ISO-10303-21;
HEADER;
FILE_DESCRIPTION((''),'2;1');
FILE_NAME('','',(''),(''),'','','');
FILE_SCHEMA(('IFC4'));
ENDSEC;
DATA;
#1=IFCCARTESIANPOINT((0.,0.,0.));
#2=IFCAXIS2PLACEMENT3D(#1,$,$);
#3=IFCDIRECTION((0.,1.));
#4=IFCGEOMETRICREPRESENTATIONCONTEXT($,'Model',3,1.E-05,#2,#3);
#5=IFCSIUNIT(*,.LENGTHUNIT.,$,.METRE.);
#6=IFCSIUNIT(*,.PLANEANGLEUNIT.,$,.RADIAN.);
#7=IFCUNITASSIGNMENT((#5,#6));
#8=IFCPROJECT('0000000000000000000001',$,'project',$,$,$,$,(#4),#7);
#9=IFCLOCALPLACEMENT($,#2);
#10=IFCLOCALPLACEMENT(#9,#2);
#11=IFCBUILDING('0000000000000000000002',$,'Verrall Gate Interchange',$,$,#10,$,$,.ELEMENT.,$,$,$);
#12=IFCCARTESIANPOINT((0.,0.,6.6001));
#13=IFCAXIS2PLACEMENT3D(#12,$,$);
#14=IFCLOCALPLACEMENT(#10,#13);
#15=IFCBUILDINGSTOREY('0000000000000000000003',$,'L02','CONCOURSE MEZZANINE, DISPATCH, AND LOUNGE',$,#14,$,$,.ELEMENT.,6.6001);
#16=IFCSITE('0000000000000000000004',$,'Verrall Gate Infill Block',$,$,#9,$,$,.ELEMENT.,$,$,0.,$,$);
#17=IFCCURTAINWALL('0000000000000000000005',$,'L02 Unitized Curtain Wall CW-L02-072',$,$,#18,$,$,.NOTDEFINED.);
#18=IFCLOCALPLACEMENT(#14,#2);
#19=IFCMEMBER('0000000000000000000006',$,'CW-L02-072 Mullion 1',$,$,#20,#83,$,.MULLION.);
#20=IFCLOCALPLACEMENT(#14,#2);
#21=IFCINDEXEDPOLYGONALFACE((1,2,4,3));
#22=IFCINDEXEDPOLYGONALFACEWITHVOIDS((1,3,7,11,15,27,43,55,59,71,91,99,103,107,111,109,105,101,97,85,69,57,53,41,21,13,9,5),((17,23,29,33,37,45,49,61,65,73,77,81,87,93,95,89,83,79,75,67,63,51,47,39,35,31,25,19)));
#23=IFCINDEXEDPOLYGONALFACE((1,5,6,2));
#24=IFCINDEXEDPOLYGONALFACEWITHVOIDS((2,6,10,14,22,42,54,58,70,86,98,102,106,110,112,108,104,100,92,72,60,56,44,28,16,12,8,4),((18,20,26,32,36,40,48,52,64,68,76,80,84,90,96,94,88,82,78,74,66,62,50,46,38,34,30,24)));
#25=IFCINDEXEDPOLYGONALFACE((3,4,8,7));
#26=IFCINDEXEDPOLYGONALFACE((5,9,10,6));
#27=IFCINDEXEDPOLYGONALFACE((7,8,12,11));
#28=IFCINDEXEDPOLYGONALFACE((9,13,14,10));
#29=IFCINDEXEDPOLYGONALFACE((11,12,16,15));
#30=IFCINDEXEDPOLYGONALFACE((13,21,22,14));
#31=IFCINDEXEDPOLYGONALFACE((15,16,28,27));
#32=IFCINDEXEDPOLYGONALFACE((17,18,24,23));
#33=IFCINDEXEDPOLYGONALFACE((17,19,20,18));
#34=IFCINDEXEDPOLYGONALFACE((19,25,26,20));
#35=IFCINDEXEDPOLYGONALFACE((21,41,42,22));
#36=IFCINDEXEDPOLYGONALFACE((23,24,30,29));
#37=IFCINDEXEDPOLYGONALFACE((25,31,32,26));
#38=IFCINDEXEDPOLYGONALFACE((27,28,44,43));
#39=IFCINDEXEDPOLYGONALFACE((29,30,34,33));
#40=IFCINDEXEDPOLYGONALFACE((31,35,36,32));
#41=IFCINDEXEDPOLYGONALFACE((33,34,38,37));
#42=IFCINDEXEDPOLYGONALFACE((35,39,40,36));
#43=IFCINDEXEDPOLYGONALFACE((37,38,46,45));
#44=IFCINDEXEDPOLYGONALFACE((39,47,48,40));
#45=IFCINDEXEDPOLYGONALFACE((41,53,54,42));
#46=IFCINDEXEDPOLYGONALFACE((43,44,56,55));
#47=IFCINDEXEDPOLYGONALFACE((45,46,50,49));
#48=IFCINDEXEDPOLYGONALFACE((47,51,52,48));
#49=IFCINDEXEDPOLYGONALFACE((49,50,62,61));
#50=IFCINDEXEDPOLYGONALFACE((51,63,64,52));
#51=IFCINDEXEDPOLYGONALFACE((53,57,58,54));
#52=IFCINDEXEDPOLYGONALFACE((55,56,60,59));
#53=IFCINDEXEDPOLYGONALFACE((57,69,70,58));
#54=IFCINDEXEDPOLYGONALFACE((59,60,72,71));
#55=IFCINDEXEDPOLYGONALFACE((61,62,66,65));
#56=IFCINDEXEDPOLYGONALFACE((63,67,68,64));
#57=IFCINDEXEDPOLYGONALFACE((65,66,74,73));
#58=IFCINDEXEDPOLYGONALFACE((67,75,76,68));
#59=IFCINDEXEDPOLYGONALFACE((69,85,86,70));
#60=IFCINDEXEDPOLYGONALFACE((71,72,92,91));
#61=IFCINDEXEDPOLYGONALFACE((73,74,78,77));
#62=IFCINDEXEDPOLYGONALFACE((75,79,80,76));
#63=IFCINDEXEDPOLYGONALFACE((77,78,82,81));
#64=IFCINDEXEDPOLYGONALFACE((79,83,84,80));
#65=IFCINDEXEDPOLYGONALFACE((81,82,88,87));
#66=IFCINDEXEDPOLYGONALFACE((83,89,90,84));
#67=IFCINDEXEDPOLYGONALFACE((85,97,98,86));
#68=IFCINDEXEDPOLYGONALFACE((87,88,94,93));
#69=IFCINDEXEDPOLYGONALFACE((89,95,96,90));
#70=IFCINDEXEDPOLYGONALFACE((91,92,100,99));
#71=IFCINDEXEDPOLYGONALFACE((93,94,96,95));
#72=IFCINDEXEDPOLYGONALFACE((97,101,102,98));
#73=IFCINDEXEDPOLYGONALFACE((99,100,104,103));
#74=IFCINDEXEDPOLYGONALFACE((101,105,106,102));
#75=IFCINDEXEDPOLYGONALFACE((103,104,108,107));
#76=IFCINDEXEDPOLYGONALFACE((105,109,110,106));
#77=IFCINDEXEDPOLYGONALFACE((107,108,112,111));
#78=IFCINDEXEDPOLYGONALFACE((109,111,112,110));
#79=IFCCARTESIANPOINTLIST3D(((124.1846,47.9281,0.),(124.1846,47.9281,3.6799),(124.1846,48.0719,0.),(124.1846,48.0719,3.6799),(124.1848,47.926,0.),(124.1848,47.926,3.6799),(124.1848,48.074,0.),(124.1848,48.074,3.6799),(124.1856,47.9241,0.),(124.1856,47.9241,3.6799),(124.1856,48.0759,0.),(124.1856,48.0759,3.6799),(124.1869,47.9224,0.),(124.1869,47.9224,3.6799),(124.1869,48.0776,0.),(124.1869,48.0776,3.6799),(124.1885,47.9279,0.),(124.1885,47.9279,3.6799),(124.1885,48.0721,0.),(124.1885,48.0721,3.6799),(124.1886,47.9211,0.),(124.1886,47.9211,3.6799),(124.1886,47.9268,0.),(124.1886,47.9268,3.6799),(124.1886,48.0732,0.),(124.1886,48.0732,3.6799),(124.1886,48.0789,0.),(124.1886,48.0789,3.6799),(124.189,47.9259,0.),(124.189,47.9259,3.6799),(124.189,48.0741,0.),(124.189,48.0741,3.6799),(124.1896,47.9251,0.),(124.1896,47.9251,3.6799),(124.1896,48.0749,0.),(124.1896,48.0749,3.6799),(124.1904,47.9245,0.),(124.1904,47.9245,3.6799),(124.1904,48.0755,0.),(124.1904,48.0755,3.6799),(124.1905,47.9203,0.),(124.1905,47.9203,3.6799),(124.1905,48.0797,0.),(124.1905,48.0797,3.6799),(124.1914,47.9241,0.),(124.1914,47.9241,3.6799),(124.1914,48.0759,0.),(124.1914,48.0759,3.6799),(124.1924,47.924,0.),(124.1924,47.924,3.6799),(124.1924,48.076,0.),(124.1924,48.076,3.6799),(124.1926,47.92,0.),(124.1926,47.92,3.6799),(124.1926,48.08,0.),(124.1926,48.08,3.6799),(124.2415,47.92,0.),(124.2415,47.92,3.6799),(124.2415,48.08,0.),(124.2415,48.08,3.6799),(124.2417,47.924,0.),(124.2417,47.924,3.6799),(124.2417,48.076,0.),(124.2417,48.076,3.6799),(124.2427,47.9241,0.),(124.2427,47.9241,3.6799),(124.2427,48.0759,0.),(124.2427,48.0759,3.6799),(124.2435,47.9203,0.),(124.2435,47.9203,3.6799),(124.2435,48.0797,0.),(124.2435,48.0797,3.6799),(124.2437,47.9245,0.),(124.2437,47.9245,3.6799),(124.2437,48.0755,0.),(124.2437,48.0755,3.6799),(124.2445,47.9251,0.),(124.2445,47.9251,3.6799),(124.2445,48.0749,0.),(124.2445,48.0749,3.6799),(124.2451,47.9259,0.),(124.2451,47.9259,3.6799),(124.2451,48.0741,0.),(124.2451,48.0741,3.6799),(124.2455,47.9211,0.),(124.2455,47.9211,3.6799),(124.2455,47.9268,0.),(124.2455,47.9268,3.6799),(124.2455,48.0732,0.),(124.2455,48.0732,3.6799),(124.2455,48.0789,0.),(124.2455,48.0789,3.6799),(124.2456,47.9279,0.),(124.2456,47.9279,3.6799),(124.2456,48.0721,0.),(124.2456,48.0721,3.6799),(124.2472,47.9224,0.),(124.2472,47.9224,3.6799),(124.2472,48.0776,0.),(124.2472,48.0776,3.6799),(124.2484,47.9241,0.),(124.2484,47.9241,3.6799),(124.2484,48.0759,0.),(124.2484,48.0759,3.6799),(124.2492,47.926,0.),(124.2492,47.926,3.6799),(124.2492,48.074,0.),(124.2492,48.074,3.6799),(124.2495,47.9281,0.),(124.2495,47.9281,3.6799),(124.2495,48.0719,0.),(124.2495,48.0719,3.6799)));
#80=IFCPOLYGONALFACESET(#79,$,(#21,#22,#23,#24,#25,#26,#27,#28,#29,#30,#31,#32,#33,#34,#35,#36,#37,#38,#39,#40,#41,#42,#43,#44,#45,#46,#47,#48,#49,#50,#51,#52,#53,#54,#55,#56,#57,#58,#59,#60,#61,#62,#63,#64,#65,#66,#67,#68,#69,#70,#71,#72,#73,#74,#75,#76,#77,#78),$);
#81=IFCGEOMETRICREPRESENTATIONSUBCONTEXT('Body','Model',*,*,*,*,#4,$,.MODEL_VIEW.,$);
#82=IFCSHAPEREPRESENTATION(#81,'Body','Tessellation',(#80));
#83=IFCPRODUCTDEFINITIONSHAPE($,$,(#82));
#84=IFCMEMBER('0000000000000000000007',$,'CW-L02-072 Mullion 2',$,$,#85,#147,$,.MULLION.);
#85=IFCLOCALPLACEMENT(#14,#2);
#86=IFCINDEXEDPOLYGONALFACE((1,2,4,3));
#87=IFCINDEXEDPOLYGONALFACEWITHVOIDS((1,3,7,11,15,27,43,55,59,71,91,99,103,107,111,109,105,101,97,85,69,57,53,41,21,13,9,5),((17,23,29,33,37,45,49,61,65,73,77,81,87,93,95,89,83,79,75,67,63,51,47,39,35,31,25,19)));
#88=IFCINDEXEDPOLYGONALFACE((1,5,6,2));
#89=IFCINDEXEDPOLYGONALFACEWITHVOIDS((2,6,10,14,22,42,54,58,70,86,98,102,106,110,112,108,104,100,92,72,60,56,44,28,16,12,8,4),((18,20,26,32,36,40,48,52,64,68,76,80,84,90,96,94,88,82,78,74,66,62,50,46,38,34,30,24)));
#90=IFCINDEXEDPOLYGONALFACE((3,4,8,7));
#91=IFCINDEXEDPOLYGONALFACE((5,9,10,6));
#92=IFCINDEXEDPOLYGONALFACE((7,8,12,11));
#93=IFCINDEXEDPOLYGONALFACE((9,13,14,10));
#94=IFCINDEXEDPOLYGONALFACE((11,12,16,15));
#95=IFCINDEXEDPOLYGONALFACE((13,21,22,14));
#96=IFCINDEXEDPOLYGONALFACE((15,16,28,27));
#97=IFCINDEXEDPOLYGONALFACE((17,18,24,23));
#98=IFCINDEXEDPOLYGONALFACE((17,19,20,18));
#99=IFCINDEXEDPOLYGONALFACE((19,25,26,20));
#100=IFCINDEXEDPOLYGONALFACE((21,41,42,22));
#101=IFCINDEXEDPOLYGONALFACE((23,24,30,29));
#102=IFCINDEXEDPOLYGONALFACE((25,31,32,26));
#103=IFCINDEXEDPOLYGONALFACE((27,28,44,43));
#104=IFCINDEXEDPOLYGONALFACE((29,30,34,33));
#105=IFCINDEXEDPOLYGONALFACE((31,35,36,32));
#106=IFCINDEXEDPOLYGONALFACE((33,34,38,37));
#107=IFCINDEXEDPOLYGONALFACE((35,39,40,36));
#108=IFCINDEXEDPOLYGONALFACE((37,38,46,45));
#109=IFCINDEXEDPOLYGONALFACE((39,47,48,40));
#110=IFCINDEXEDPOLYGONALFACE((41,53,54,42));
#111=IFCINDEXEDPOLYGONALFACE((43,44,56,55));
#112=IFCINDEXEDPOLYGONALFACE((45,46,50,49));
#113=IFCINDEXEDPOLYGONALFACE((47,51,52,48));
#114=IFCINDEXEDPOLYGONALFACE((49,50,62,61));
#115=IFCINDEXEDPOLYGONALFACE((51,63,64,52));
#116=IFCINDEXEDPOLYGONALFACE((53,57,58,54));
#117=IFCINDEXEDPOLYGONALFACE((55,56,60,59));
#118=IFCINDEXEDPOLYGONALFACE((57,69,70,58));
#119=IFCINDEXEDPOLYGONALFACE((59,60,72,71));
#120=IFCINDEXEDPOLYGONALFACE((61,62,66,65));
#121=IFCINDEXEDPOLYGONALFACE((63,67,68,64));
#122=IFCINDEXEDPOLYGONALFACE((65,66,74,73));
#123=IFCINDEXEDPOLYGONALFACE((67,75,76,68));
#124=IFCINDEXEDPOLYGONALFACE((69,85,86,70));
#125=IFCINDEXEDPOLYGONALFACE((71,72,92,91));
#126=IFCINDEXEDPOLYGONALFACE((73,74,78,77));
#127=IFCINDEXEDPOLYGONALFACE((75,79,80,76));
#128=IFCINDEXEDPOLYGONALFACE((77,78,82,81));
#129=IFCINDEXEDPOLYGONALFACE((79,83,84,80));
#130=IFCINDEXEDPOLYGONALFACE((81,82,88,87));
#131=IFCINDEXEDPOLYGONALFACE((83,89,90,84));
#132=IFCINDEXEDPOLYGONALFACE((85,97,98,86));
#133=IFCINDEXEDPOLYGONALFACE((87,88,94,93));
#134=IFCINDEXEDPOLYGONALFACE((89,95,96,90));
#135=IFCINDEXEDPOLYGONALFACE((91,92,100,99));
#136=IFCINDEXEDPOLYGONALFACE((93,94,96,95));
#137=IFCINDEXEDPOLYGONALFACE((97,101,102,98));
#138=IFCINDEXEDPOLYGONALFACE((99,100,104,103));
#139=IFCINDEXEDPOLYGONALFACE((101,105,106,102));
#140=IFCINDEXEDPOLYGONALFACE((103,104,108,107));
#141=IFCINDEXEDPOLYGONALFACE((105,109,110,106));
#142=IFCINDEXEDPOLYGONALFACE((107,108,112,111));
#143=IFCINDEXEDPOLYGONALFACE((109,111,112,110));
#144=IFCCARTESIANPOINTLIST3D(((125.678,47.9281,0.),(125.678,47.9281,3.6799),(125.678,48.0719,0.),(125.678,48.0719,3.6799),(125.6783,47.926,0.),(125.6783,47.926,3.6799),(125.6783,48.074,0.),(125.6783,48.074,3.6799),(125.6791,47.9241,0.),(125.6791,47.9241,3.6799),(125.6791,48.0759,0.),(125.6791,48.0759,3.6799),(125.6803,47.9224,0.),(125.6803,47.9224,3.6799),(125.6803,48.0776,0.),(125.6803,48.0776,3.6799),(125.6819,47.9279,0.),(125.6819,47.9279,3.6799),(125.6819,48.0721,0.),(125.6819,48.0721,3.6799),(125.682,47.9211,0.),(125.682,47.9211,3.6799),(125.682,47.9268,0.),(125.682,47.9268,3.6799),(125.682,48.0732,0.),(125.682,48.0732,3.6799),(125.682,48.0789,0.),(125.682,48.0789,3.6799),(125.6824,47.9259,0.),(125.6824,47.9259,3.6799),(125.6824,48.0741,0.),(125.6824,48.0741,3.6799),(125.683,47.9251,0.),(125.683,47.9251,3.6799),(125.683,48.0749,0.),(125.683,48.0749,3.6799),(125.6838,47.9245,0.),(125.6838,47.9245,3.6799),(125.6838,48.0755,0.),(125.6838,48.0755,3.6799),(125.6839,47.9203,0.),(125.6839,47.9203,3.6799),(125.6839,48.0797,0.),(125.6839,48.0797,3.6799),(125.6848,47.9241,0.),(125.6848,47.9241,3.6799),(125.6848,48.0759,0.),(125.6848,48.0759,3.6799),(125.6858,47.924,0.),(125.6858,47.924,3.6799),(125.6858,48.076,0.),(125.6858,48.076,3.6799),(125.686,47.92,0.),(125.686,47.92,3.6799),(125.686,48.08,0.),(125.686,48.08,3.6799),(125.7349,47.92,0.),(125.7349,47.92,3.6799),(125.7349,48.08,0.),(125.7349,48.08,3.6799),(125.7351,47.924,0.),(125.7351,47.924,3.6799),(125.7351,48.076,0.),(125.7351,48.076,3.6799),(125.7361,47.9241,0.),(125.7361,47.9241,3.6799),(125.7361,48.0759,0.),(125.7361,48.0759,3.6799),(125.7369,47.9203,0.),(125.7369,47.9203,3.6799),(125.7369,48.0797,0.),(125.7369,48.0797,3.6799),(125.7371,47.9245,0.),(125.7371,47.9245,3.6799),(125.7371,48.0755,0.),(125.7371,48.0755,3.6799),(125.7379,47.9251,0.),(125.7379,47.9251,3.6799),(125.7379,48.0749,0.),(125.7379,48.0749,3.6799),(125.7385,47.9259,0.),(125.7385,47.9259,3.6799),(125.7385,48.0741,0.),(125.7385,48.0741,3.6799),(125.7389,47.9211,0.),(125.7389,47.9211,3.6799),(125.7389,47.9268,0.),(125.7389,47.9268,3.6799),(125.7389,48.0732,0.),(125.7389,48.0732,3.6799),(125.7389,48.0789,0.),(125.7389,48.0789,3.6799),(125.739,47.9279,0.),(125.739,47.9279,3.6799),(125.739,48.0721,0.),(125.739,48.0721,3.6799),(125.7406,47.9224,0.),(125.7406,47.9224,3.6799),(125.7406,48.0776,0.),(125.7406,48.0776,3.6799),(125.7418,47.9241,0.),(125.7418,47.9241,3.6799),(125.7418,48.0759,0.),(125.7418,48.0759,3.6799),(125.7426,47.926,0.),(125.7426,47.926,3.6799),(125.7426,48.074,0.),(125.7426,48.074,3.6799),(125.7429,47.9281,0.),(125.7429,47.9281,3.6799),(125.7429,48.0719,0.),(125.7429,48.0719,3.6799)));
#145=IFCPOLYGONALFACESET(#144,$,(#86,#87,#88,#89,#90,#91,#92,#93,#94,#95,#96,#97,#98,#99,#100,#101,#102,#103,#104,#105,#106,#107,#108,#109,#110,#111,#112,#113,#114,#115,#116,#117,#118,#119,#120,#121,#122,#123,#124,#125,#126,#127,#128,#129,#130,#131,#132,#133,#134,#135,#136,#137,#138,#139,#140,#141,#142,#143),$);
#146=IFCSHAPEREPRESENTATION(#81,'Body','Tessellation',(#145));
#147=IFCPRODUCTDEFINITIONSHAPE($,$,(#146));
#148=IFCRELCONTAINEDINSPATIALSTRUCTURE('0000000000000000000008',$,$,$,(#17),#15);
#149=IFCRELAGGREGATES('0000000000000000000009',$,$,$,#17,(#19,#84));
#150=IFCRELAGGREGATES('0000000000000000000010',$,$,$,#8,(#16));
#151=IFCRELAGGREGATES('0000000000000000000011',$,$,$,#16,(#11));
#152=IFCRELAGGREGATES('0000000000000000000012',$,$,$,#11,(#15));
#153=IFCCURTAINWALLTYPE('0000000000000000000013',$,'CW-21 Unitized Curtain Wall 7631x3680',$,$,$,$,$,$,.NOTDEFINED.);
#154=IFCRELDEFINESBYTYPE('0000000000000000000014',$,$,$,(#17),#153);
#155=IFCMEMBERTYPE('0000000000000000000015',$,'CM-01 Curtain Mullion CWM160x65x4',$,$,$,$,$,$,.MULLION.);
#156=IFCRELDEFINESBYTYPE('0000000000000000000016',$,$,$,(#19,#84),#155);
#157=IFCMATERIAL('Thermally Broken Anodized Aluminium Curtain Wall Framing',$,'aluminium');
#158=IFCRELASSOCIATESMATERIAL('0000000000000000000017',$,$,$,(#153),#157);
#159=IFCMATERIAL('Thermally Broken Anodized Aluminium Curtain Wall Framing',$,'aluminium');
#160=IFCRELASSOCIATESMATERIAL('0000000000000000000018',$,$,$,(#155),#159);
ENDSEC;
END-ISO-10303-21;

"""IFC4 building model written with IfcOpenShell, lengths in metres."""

from ifc_helpers import new_model, si_unit, direction, frame, origin, origin_2d, place, context, subcontext, project, spatial, hollow_rectangle, extrude, material, material_profile, profile_set, type_object, element, aggregate, save


model = new_model("IFC4")

# Units and contexts
model_context = context("Model", 3, precision=1e-05, world=origin(), true_north=direction((0.0, 1.0)))
body_context = subcontext(model_context, "Body", "Model", "MODEL_VIEW")
ifc_project = project(units=[si_unit("LENGTHUNIT", "METRE"), si_unit("PLANEANGLEUNIT", "RADIAN")], contexts=[model_context])

# Site, building, storey
site_placement = place(None, origin())
site = spatial("IfcSite", under=ifc_project, at=site_placement, Name="Verrall Gate Infill Block", CompositionType="ELEMENT", RefElevation=0.0)
building_placement = place(site_placement, origin())
building = spatial("IfcBuilding", under=site, at=building_placement, Name="Verrall Gate Interchange", CompositionType="ELEMENT")
storey_placement = place(building_placement, frame((0.0, 0.0, 6.6001)))
storey = spatial("IfcBuildingStorey", under=building, at=storey_placement, Name="L02", Description="CONCOURSE MEZZANINE, DISPATCH, AND LOUNGE", CompositionType="ELEMENT", Elevation=6.6001)

# Curtain wall, members
ifc_material_1 = material(Name="Thermally Broken Anodized Aluminium Curtain Wall Framing", Category="aluminium")
curtain_wall_type = type_object("IfcCurtainWallType", Name="CW-21 Unitized Curtain Wall 7631x3680", PredefinedType="NOTDEFINED", material=ifc_material_1)
curtain_wall_1_placement = place(storey_placement, origin())
curtain_wall_1 = element("IfcCurtainWall", 1, at=curtain_wall_1_placement, inside=storey, type_object=curtain_wall_type, Name="L02 Unitized Curtain Wall CW-L02-072", PredefinedType="NOTDEFINED")
ifc_material_2 = material(Name="Thermally Broken Anodized Aluminium Curtain Wall Framing", Category="aluminium")
ifc_material_profile_1 = material_profile(ifc_material_2, hollow_rectangle(XDim=0.0649, YDim=0.1599, WallThickness=0.0039, InnerFilletRadius=0.0039, OuterFilletRadius=0.0081, at=origin_2d()), Name="CWM160x65x4")
ifc_profile_set_1 = profile_set([ifc_material_profile_1], Name="Thermally Broken Anodized Aluminium Curtain Wall Framing")
member_type_1 = type_object("IfcMemberType", Name="CM-01 Curtain Mullion CWM160x65x4", PredefinedType="MULLION", material=ifc_profile_set_1)
member_1_placement = place(storey_placement, frame((124.217, 48.0, 0.0), z_axis=(0.0, 0.0, 1.0), x_axis=(1.0, 0.0, 0.0)))
member_1 = element("IfcMember", 2, at=member_1_placement, type_object=member_type_1, Name="CW-L02-072 Mullion 1", PredefinedType="MULLION", context=body_context, shape_type="SweptSolid", body=[
    extrude(hollow_rectangle(XDim=0.0649, YDim=0.1599, WallThickness=0.0039, InnerFilletRadius=0.0039, OuterFilletRadius=0.0081, at=origin_2d()), origin(), (0.0, 0.0, 1.0), 3.6799),
])
member_2_placement = place(storey_placement, frame((125.7104, 48.0, 0.0), z_axis=(0.0, 0.0, 1.0), x_axis=(1.0, 0.0, 0.0)))
member_2 = element("IfcMember", 3, at=member_2_placement, type_object=member_type_1, Name="CW-L02-072 Mullion 2", PredefinedType="MULLION", context=body_context, shape_type="SweptSolid", body=[
    extrude(hollow_rectangle(XDim=0.0649, YDim=0.1599, WallThickness=0.0039, InnerFilletRadius=0.0039, OuterFilletRadius=0.0081, at=origin_2d()), origin(), (0.0, 0.0, 1.0), 3.6799),
])

aggregate(curtain_wall_1, [member_1, member_2])

save(model, "model.ifc")
